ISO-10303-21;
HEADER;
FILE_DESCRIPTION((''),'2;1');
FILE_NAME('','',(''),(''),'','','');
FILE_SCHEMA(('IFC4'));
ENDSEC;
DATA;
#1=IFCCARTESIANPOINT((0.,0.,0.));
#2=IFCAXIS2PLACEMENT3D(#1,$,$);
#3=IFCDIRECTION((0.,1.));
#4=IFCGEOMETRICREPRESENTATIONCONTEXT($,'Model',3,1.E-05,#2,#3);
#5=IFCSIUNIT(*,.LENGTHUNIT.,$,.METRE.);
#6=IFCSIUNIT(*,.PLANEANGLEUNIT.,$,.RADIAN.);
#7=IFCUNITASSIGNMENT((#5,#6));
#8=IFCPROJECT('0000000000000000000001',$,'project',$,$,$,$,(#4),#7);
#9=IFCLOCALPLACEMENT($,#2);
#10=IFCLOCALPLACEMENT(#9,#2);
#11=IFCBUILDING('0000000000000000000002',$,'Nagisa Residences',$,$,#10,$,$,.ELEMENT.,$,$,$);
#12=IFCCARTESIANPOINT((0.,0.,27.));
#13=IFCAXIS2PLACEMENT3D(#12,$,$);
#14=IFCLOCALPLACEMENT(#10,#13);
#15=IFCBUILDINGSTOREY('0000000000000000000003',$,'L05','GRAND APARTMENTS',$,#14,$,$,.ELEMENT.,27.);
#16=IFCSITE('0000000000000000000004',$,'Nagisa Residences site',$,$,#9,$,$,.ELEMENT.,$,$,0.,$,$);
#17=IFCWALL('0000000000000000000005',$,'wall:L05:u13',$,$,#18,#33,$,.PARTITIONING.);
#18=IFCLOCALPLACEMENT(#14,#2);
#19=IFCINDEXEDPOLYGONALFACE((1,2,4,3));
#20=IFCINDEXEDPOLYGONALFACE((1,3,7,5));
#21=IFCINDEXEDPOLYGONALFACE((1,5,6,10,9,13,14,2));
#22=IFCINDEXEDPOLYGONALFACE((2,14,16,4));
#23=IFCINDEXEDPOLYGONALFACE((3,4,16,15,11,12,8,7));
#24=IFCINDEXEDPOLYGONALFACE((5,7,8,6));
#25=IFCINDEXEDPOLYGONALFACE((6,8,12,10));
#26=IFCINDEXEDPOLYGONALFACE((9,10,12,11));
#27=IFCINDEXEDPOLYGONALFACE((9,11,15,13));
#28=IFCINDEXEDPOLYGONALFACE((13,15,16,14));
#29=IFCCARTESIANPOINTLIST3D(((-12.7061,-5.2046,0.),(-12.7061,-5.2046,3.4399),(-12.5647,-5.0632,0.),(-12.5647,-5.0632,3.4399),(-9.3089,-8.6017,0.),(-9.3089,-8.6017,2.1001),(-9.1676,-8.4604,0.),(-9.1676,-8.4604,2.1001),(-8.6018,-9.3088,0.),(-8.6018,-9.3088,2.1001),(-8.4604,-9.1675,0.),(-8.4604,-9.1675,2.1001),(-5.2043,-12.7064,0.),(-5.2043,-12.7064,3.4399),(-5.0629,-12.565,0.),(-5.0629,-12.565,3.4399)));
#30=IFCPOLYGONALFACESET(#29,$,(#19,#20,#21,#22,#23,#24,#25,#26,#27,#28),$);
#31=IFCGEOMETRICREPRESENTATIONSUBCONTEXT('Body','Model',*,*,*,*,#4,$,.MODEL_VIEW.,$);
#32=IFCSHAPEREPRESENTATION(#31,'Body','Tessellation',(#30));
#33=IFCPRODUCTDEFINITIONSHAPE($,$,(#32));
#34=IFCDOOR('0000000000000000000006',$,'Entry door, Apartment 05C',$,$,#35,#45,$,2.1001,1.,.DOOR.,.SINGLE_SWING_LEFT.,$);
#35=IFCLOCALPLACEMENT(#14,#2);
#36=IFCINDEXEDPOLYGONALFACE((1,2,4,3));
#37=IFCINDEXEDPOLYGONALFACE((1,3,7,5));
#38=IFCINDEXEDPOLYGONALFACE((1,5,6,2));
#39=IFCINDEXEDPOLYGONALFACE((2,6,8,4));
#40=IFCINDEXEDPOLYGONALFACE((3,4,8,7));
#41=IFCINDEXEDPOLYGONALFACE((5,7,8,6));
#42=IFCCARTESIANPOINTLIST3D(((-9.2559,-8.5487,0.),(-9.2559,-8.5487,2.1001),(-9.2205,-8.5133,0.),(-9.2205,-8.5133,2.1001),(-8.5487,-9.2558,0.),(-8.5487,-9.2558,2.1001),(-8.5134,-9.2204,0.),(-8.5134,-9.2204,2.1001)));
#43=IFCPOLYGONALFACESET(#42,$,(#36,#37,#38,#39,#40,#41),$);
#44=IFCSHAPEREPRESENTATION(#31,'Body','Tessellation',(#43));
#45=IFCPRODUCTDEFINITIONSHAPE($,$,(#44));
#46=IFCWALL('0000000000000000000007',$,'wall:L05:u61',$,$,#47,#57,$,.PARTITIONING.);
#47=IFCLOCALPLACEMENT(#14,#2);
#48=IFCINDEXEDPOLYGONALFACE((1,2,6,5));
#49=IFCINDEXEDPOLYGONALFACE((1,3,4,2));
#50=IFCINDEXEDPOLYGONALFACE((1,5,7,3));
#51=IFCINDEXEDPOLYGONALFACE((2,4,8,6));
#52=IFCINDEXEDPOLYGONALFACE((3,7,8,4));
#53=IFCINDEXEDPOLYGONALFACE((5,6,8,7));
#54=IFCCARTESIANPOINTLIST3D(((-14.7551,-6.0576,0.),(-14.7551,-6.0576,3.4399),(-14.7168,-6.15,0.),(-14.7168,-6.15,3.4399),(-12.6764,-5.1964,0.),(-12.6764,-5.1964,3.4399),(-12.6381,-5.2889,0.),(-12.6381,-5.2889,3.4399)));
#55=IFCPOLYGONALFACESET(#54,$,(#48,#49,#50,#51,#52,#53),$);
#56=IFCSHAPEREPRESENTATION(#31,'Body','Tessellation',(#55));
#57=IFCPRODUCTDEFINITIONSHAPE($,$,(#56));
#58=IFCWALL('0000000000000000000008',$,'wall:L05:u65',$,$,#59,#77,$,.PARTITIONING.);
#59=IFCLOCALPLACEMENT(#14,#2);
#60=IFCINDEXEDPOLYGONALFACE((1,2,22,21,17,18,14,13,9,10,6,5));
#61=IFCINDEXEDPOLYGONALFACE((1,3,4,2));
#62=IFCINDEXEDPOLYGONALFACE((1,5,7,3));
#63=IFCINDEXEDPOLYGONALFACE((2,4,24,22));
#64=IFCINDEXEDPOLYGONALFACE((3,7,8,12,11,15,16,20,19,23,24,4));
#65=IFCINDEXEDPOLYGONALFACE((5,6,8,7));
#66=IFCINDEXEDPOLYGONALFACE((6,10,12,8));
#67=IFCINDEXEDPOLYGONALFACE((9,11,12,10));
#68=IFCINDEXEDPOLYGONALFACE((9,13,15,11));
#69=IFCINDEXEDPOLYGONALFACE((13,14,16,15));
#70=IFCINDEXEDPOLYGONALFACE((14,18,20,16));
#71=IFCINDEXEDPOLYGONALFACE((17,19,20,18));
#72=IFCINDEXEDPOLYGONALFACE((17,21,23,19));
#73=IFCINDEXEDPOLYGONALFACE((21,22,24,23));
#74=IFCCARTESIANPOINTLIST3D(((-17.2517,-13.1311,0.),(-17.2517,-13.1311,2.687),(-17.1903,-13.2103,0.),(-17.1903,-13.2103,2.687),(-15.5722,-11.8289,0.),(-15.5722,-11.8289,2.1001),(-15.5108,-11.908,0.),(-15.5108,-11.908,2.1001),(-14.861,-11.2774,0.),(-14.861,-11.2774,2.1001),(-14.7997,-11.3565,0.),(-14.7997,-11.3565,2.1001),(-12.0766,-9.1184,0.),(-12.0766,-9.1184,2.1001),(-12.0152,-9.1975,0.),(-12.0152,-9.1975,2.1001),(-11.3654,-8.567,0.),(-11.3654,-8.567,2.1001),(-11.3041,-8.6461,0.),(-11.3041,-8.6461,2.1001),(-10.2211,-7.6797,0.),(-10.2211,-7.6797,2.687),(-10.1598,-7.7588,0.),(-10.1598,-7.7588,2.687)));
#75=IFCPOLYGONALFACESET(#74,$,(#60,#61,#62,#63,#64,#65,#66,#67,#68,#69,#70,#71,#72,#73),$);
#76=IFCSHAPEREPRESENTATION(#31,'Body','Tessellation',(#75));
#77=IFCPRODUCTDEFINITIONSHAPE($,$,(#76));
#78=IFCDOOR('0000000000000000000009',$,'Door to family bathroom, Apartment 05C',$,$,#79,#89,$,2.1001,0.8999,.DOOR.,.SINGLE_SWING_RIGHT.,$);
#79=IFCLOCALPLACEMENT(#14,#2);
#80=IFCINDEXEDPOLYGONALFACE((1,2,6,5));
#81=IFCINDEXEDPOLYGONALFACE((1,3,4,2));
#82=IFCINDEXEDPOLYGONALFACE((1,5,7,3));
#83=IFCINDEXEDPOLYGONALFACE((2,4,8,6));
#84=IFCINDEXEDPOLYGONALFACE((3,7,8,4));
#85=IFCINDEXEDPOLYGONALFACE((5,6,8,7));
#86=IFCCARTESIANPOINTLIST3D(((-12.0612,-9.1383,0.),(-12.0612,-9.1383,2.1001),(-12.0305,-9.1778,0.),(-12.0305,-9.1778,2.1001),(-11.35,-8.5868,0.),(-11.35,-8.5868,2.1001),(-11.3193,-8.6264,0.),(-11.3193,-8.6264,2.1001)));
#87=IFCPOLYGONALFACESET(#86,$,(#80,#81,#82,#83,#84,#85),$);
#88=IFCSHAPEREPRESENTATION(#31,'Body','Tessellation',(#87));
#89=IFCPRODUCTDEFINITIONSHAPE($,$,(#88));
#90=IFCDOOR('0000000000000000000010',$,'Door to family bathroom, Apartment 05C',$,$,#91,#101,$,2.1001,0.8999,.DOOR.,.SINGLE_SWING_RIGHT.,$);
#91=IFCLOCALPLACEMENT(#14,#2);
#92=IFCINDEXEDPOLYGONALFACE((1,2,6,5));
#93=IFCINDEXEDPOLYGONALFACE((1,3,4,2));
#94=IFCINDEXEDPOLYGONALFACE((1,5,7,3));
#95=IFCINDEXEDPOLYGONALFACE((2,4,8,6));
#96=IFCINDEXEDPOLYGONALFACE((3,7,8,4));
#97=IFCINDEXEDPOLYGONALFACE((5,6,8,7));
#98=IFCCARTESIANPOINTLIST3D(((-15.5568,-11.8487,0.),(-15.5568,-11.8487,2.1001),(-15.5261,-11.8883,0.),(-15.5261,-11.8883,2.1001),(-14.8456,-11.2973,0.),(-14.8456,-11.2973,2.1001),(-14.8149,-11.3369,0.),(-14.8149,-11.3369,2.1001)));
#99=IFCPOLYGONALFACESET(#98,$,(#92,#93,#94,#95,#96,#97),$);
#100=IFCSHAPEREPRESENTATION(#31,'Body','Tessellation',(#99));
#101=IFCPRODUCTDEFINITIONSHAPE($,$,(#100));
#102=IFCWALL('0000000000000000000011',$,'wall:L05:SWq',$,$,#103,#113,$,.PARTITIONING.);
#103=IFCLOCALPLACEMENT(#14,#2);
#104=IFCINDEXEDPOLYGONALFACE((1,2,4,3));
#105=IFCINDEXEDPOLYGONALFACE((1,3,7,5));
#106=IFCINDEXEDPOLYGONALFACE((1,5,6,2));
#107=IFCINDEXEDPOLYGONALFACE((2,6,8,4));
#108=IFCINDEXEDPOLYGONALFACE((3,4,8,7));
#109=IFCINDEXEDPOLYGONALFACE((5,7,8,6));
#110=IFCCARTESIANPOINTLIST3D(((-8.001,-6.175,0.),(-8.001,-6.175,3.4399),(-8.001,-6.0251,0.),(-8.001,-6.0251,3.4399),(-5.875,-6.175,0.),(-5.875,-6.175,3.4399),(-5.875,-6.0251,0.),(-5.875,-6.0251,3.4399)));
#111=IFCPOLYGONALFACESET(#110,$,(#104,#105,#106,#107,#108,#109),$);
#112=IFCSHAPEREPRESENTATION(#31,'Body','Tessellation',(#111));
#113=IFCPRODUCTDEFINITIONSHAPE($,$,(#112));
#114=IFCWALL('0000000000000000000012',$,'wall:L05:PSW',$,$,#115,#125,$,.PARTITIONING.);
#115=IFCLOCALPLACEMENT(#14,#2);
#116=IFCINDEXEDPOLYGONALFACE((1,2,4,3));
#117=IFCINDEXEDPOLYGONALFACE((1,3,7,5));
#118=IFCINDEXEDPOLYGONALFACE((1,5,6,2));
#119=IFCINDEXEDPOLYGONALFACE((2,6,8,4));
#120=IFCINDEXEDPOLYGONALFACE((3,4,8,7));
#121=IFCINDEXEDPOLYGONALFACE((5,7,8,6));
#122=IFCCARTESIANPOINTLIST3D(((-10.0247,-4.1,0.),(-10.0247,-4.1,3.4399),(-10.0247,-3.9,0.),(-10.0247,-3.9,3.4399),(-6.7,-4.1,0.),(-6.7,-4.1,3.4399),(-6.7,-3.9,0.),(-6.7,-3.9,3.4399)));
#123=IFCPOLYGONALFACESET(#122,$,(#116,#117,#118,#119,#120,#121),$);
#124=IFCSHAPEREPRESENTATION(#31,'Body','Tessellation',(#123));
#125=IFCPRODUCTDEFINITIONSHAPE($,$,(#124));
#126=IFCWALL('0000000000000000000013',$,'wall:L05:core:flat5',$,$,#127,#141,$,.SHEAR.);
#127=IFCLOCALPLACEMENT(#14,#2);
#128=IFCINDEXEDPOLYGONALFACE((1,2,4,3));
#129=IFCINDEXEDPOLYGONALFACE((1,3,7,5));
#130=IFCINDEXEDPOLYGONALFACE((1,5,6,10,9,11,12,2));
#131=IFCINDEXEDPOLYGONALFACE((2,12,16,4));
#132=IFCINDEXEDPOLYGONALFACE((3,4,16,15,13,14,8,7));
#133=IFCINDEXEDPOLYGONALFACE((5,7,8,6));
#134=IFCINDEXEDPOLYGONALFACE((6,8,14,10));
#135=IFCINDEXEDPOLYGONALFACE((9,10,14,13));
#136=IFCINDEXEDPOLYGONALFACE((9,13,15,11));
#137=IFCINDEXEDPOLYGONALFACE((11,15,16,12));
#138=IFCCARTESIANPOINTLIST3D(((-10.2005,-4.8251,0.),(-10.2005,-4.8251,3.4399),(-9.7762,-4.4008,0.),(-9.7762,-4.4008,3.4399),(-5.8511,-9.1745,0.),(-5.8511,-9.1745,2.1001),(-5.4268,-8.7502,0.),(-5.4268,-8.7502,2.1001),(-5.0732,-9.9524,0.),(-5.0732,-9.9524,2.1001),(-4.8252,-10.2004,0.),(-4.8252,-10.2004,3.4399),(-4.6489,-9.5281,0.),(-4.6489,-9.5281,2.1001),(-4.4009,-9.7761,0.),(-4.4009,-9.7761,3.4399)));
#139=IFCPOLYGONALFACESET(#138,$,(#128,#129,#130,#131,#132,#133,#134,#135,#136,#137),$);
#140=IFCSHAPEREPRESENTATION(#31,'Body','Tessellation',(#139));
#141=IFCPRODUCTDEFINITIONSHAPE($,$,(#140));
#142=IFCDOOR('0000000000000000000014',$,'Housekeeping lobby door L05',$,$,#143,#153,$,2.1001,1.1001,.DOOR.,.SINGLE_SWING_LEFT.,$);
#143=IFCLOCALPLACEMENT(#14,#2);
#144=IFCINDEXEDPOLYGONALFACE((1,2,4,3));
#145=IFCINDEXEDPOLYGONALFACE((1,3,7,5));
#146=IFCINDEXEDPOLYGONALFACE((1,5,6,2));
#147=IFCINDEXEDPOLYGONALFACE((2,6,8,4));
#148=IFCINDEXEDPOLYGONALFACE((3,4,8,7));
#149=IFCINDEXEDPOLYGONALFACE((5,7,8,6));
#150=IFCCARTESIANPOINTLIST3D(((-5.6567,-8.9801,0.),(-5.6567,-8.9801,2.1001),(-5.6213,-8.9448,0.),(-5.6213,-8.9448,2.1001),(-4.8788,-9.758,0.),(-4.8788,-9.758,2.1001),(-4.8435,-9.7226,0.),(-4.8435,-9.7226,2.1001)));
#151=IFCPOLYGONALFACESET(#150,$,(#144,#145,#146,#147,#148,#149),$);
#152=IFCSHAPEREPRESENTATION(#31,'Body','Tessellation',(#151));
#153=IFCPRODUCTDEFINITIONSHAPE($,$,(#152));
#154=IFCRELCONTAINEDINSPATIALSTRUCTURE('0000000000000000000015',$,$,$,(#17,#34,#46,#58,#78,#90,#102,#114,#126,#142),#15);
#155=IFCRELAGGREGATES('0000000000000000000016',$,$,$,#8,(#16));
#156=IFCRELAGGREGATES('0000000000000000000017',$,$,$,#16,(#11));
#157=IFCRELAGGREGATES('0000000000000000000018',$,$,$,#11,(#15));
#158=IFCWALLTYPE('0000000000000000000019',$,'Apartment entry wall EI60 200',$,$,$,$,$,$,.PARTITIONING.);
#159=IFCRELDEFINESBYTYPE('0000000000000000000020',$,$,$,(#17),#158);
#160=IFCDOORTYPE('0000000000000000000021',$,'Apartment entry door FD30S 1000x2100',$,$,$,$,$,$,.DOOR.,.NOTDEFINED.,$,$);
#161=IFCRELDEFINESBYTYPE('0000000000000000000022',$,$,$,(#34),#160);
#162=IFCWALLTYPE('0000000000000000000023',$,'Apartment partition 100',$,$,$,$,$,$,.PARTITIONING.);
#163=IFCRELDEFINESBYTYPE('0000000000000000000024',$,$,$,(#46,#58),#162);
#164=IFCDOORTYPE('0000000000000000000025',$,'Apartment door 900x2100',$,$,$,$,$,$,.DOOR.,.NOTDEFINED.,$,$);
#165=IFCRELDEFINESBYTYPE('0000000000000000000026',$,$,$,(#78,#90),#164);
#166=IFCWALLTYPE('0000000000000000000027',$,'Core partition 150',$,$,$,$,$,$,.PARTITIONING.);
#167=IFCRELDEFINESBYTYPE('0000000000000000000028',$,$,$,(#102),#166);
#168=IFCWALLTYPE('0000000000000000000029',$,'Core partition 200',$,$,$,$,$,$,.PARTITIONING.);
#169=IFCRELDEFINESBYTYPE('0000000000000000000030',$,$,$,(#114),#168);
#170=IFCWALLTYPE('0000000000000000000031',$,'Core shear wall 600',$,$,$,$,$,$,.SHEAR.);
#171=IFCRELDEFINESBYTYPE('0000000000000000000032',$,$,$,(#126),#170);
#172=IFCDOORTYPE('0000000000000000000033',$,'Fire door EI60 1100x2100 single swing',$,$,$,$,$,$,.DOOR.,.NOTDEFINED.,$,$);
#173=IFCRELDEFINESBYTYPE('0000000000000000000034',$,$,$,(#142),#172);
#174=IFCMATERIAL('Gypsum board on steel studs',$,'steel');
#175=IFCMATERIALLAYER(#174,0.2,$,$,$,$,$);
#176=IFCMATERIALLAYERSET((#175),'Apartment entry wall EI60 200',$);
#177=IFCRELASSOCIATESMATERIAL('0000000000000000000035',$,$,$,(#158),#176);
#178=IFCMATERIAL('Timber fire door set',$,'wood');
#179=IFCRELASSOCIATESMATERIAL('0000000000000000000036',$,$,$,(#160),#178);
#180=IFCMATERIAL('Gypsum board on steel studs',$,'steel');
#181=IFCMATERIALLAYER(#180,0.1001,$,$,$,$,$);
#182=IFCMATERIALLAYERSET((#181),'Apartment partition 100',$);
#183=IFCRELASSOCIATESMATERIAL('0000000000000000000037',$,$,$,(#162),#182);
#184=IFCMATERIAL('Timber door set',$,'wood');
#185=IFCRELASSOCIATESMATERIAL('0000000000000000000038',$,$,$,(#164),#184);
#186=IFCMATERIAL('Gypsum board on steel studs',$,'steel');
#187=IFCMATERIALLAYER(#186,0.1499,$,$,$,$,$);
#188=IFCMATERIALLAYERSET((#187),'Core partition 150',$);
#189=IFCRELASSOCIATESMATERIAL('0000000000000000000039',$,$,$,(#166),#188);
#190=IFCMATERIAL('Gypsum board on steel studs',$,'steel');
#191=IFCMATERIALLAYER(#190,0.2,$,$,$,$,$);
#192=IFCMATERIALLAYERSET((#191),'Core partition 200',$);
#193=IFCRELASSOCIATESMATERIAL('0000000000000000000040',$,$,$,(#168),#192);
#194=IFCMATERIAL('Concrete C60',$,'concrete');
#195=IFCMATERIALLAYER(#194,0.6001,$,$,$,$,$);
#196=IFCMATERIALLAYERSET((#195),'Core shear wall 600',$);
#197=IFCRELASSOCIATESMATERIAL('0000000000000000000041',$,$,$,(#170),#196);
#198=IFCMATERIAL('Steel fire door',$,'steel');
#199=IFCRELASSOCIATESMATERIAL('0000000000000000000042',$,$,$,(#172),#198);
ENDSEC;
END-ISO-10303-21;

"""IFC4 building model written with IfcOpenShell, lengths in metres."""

from ifc_helpers import new_model, si_unit, direction, frame, frame_2d, origin, place, context, subcontext, project, spatial, rectangle, extrude, material, layer, layer_set, type_object, element, fill, save


model = new_model("IFC4")

# Units and contexts
model_context = context("Model", 3, precision=1e-05, world=origin(), true_north=direction((0.0, 1.0)))
body_context = subcontext(model_context, "Body", "Model", "MODEL_VIEW")
ifc_project = project(units=[si_unit("LENGTHUNIT", "METRE"), si_unit("PLANEANGLEUNIT", "RADIAN")], contexts=[model_context])

# Site, building, storey
site_placement = place(None, origin())
site = spatial("IfcSite", under=ifc_project, at=site_placement, Name="Nagisa Residences site", CompositionType="ELEMENT", RefElevation=0.0)
building_placement = place(site_placement, origin())
building = spatial("IfcBuilding", under=site, at=building_placement, Name="Nagisa Residences", CompositionType="ELEMENT")
storey_placement = place(building_placement, frame((0.0, 0.0, 27.0)))
storey = spatial("IfcBuildingStorey", under=building, at=storey_placement, Name="L05", Description="GRAND APARTMENTS", CompositionType="ELEMENT", Elevation=27.0)

# Wall, opening, door
ifc_material_1 = material(Name="Gypsum board on steel studs", Category="steel")
ifc_layer_1 = layer(ifc_material_1, 0.2)
ifc_layer_set_1 = layer_set([ifc_layer_1], Name="Apartment entry wall EI60 200")
wall_type_1 = type_object("IfcWallType", Name="Apartment entry wall EI60 200", PredefinedType="PARTITIONING", material=ifc_layer_set_1)
wall_1_placement = place(storey_placement, frame((-12.6355, -5.1338, 0.0), z_axis=(0.0, 0.0, 1.0), x_axis=(0.707107, -0.707107, 0.0)))
wall_1 = element("IfcWall", 1, at=wall_1_placement, inside=storey, type_object=wall_type_1, Name="wall:L05:u13", PredefinedType="PARTITIONING", context=body_context, shape_type="SweptSolid", body=[
    extrude(rectangle(XDim=10.6091, YDim=0.2, at=frame_2d((5.3047, 0.0))), origin(), (0.0, 0.0, 1.0), 3.4399),
])
opening_1_placement = place(wall_1_placement, frame((4.8044, 0.0, 0.0)))
opening_1 = element("IfcOpeningElement", 2, at=opening_1_placement, cuts=wall_1, PredefinedType="OPENING", context=body_context, shape_type="SweptSolid", body=[
    extrude(rectangle(XDim=1.0, YDim=2.1001, at=frame_2d((0.5, 1.05))), frame((0.0, 0.1099, 0.0), z_axis=(0.0, -1.0, 0.0), x_axis=(1.0, 0.0, 0.0)), (0.0, 0.0, 1.0), 0.22),
])
ifc_material_2 = material(Name="Timber fire door set", Category="wood")
door_type_1 = type_object("IfcDoorType", Name="Apartment entry door FD30S 1000x2100", OperationType="NOTDEFINED", PredefinedType="DOOR", material=ifc_material_2)
door_1_placement = place(opening_1_placement, frame((1.0, 0.0, 0.0), x_axis=(-1.0, 0.0, 0.0)))
door_1 = element("IfcDoor", 3, at=door_1_placement, inside=storey, type_object=door_type_1, Name="Entry door, Apartment 05C", OperationType="SINGLE_SWING_LEFT", OverallHeight=2.1001, OverallWidth=1.0, PredefinedType="DOOR", context=body_context, shape_type="SweptSolid", body=[
    extrude(rectangle(XDim=1.0, YDim=2.1001, at=frame_2d((0.5, 1.05))), frame((0.0, 0.0249, 0.0), z_axis=(0.0, -1.0, 0.0), x_axis=(1.0, 0.0, 0.0)), (0.0, 0.0, 1.0), 0.05),
])
fill(opening_1, door_1)

# Wall
ifc_material_3 = material(Name="Gypsum board on steel studs", Category="steel")
ifc_layer_2 = layer(ifc_material_3, 0.1001)
ifc_layer_set_2 = layer_set([ifc_layer_2], Name="Apartment partition 100")
wall_type_2 = type_object("IfcWallType", Name="Apartment partition 100", PredefinedType="PARTITIONING", material=ifc_layer_set_2)
wall_2_placement = place(storey_placement, frame((-12.6572, -5.2427, 0.0), z_axis=(0.0, 0.0, 1.0), x_axis=(-0.923865, -0.382719, 0.0)))
element("IfcWall", 4, at=wall_2_placement, inside=storey, type_object=wall_type_2, Name="wall:L05:u61", PredefinedType="PARTITIONING", context=body_context, shape_type="SweptSolid", body=[
    extrude(rectangle(XDim=2.25, YDim=0.1001, at=frame_2d((1.125, 0.0))), origin(), (0.0, 0.0, 1.0), 3.4399),
])

# Wall, openings, doors
wall_3_placement = place(storey_placement, frame((-10.1904, -7.7192, 0.0), z_axis=(0.0, 0.0, 1.0), x_axis=(-0.790265, -0.612766, 0.0)))
wall_3 = element("IfcWall", 5, at=wall_3_placement, inside=storey, type_object=wall_type_2, Name="wall:L05:u65", PredefinedType="PARTITIONING", context=body_context, shape_type="SweptSolid", body=[
    extrude(rectangle(XDim=8.8965, YDim=0.1001, at=frame_2d((4.4482, 0.0))), origin(), (0.0, 0.0, 1.0), 2.687),
])
opening_2_placement = place(wall_3_placement, frame((1.448, 0.0, 0.0)))
opening_2 = element("IfcOpeningElement", 6, at=opening_2_placement, cuts=wall_3, PredefinedType="OPENING", context=body_context, shape_type="SweptSolid", body=[
    extrude(rectangle(XDim=0.8999, YDim=2.1001, at=frame_2d((0.45, 1.05))), frame((0.0, 0.0601, 0.0), z_axis=(0.0, -1.0, 0.0), x_axis=(1.0, 0.0, 0.0)), (0.0, 0.0, 1.0), 0.1201),
])
opening_3_placement = place(wall_3_placement, frame((5.8713, 0.0, 0.0)))
opening_3 = element("IfcOpeningElement", 7, at=opening_3_placement, cuts=wall_3, PredefinedType="OPENING", context=body_context, shape_type="SweptSolid", body=[
    extrude(rectangle(XDim=0.8999, YDim=2.1001, at=frame_2d((0.45, 1.05))), frame((0.0, 0.0601, 0.0), z_axis=(0.0, -1.0, 0.0), x_axis=(1.0, 0.0, 0.0)), (0.0, 0.0, 1.0), 0.1201),
])
ifc_material_4 = material(Name="Timber door set", Category="wood")
door_type_2 = type_object("IfcDoorType", Name="Apartment door 900x2100", OperationType="NOTDEFINED", PredefinedType="DOOR", material=ifc_material_4)
door_2_placement = place(opening_2_placement, frame((0.8999, 0.0, 0.0), x_axis=(-1.0, 0.0, 0.0)))
door_2 = element("IfcDoor", 8, at=door_2_placement, inside=storey, type_object=door_type_2, Name="Door to family bathroom, Apartment 05C", OperationType="SINGLE_SWING_RIGHT", OverallHeight=2.1001, OverallWidth=0.8999, PredefinedType="DOOR", context=body_context, shape_type="SweptSolid", body=[
    extrude(rectangle(XDim=0.8999, YDim=2.1001, at=frame_2d((0.45, 1.05))), frame((0.0, 0.0249, 0.0), z_axis=(0.0, -1.0, 0.0), x_axis=(1.0, 0.0, 0.0)), (0.0, 0.0, 1.0), 0.05),
])
fill(opening_2, door_2)
door_3_placement = place(opening_3_placement, frame((0.8999, 0.0, 0.0), x_axis=(-1.0, 0.0, 0.0)))
door_3 = element("IfcDoor", 9, at=door_3_placement, inside=storey, type_object=door_type_2, Name="Door to family bathroom, Apartment 05C", OperationType="SINGLE_SWING_RIGHT", OverallHeight=2.1001, OverallWidth=0.8999, PredefinedType="DOOR", context=body_context, shape_type="SweptSolid", body=[
    extrude(rectangle(XDim=0.8999, YDim=2.1001, at=frame_2d((0.45, 1.05))), frame((0.0, 0.0249, 0.0), z_axis=(0.0, -1.0, 0.0), x_axis=(1.0, 0.0, 0.0)), (0.0, 0.0, 1.0), 0.05),
])
fill(opening_3, door_3)

# Walls
ifc_material_5 = material(Name="Gypsum board on steel studs", Category="steel")
ifc_layer_3 = layer(ifc_material_5, 0.1499)
ifc_layer_set_3 = layer_set([ifc_layer_3], Name="Core partition 150")
wall_type_3 = type_object("IfcWallType", Name="Core partition 150", PredefinedType="PARTITIONING", material=ifc_layer_set_3)
wall_4_placement = place(storey_placement, frame((-8.001, -6.1001, 0.0), z_axis=(0.0, 0.0, 1.0), x_axis=(1.0, 0.0, 0.0)))
element("IfcWall", 10, at=wall_4_placement, inside=storey, type_object=wall_type_3, Name="wall:L05:SWq", PredefinedType="PARTITIONING", context=body_context, shape_type="SweptSolid", body=[
    extrude(rectangle(XDim=2.126, YDim=0.1499, at=frame_2d((1.063, 0.0))), origin(), (0.0, 0.0, 1.0), 3.4399),
])
ifc_material_6 = material(Name="Gypsum board on steel studs", Category="steel")
ifc_layer_4 = layer(ifc_material_6, 0.2)
ifc_layer_set_4 = layer_set([ifc_layer_4], Name="Core partition 200")
wall_type_4 = type_object("IfcWallType", Name="Core partition 200", PredefinedType="PARTITIONING", material=ifc_layer_set_4)
wall_5_placement = place(storey_placement, frame((-10.0247, -4.0, 0.0), z_axis=(0.0, 0.0, 1.0), x_axis=(1.0, 0.0, 0.0)))
element("IfcWall", 11, at=wall_5_placement, inside=storey, type_object=wall_type_4, Name="wall:L05:PSW", PredefinedType="PARTITIONING", context=body_context, shape_type="SweptSolid", body=[
    extrude(rectangle(XDim=3.3247, YDim=0.2, at=frame_2d((1.6624, 0.0))), origin(), (0.0, 0.0, 1.0), 3.4399),
])

# Wall, opening, door
ifc_material_7 = material(Name="Concrete C60", Category="concrete")
ifc_layer_5 = layer(ifc_material_7, 0.6001)
ifc_layer_set_5 = layer_set([ifc_layer_5], Name="Core shear wall 600")
wall_type_5 = type_object("IfcWallType", Name="Core shear wall 600", PredefinedType="SHEAR", material=ifc_layer_set_5)
wall_6_placement = place(storey_placement, frame((-9.9883, -4.613, 0.0), z_axis=(0.0, 0.0, 1.0), x_axis=(0.707107, -0.707107, 0.0)))
wall_6 = element("IfcWall", 12, at=wall_6_placement, inside=storey, type_object=wall_type_5, Name="wall:L05:core:flat5", PredefinedType="SHEAR", context=body_context, shape_type="SweptSolid", body=[
    extrude(rectangle(XDim=7.6018, YDim=0.6001, at=frame_2d((3.8008, 0.0))), origin(), (0.0, 0.0, 1.0), 3.4399),
])
opening_4_placement = place(wall_6_placement, frame((6.1509, 0.0, 0.0)))
opening_4 = element("IfcOpeningElement", 13, at=opening_4_placement, cuts=wall_6, PredefinedType="OPENING", context=body_context, shape_type="SweptSolid", body=[
    extrude(rectangle(XDim=1.1001, YDim=2.1001, at=frame_2d((0.55, 1.05))), frame((0.0, 0.3101, 0.0), z_axis=(0.0, -1.0, 0.0), x_axis=(1.0, 0.0, 0.0)), (0.0, 0.0, 1.0), 0.6201),
])
ifc_material_8 = material(Name="Steel fire door", Category="steel")
door_type_3 = type_object("IfcDoorType", Name="Fire door EI60 1100x2100 single swing", OperationType="NOTDEFINED", PredefinedType="DOOR", material=ifc_material_8)
door_4_placement = place(opening_4_placement, origin())
door_4 = element("IfcDoor", 14, at=door_4_placement, inside=storey, type_object=door_type_3, Name="Housekeeping lobby door L05", OperationType="SINGLE_SWING_LEFT", OverallHeight=2.1001, OverallWidth=1.1001, PredefinedType="DOOR", context=body_context, shape_type="SweptSolid", body=[
    extrude(rectangle(XDim=1.1001, YDim=2.1001, at=frame_2d((0.55, 1.05))), frame((0.0, 0.0249, 0.0), z_axis=(0.0, -1.0, 0.0), x_axis=(1.0, 0.0, 0.0)), (0.0, 0.0, 1.0), 0.05),
])
fill(opening_4, door_4)

save(model, "model.ifc")
